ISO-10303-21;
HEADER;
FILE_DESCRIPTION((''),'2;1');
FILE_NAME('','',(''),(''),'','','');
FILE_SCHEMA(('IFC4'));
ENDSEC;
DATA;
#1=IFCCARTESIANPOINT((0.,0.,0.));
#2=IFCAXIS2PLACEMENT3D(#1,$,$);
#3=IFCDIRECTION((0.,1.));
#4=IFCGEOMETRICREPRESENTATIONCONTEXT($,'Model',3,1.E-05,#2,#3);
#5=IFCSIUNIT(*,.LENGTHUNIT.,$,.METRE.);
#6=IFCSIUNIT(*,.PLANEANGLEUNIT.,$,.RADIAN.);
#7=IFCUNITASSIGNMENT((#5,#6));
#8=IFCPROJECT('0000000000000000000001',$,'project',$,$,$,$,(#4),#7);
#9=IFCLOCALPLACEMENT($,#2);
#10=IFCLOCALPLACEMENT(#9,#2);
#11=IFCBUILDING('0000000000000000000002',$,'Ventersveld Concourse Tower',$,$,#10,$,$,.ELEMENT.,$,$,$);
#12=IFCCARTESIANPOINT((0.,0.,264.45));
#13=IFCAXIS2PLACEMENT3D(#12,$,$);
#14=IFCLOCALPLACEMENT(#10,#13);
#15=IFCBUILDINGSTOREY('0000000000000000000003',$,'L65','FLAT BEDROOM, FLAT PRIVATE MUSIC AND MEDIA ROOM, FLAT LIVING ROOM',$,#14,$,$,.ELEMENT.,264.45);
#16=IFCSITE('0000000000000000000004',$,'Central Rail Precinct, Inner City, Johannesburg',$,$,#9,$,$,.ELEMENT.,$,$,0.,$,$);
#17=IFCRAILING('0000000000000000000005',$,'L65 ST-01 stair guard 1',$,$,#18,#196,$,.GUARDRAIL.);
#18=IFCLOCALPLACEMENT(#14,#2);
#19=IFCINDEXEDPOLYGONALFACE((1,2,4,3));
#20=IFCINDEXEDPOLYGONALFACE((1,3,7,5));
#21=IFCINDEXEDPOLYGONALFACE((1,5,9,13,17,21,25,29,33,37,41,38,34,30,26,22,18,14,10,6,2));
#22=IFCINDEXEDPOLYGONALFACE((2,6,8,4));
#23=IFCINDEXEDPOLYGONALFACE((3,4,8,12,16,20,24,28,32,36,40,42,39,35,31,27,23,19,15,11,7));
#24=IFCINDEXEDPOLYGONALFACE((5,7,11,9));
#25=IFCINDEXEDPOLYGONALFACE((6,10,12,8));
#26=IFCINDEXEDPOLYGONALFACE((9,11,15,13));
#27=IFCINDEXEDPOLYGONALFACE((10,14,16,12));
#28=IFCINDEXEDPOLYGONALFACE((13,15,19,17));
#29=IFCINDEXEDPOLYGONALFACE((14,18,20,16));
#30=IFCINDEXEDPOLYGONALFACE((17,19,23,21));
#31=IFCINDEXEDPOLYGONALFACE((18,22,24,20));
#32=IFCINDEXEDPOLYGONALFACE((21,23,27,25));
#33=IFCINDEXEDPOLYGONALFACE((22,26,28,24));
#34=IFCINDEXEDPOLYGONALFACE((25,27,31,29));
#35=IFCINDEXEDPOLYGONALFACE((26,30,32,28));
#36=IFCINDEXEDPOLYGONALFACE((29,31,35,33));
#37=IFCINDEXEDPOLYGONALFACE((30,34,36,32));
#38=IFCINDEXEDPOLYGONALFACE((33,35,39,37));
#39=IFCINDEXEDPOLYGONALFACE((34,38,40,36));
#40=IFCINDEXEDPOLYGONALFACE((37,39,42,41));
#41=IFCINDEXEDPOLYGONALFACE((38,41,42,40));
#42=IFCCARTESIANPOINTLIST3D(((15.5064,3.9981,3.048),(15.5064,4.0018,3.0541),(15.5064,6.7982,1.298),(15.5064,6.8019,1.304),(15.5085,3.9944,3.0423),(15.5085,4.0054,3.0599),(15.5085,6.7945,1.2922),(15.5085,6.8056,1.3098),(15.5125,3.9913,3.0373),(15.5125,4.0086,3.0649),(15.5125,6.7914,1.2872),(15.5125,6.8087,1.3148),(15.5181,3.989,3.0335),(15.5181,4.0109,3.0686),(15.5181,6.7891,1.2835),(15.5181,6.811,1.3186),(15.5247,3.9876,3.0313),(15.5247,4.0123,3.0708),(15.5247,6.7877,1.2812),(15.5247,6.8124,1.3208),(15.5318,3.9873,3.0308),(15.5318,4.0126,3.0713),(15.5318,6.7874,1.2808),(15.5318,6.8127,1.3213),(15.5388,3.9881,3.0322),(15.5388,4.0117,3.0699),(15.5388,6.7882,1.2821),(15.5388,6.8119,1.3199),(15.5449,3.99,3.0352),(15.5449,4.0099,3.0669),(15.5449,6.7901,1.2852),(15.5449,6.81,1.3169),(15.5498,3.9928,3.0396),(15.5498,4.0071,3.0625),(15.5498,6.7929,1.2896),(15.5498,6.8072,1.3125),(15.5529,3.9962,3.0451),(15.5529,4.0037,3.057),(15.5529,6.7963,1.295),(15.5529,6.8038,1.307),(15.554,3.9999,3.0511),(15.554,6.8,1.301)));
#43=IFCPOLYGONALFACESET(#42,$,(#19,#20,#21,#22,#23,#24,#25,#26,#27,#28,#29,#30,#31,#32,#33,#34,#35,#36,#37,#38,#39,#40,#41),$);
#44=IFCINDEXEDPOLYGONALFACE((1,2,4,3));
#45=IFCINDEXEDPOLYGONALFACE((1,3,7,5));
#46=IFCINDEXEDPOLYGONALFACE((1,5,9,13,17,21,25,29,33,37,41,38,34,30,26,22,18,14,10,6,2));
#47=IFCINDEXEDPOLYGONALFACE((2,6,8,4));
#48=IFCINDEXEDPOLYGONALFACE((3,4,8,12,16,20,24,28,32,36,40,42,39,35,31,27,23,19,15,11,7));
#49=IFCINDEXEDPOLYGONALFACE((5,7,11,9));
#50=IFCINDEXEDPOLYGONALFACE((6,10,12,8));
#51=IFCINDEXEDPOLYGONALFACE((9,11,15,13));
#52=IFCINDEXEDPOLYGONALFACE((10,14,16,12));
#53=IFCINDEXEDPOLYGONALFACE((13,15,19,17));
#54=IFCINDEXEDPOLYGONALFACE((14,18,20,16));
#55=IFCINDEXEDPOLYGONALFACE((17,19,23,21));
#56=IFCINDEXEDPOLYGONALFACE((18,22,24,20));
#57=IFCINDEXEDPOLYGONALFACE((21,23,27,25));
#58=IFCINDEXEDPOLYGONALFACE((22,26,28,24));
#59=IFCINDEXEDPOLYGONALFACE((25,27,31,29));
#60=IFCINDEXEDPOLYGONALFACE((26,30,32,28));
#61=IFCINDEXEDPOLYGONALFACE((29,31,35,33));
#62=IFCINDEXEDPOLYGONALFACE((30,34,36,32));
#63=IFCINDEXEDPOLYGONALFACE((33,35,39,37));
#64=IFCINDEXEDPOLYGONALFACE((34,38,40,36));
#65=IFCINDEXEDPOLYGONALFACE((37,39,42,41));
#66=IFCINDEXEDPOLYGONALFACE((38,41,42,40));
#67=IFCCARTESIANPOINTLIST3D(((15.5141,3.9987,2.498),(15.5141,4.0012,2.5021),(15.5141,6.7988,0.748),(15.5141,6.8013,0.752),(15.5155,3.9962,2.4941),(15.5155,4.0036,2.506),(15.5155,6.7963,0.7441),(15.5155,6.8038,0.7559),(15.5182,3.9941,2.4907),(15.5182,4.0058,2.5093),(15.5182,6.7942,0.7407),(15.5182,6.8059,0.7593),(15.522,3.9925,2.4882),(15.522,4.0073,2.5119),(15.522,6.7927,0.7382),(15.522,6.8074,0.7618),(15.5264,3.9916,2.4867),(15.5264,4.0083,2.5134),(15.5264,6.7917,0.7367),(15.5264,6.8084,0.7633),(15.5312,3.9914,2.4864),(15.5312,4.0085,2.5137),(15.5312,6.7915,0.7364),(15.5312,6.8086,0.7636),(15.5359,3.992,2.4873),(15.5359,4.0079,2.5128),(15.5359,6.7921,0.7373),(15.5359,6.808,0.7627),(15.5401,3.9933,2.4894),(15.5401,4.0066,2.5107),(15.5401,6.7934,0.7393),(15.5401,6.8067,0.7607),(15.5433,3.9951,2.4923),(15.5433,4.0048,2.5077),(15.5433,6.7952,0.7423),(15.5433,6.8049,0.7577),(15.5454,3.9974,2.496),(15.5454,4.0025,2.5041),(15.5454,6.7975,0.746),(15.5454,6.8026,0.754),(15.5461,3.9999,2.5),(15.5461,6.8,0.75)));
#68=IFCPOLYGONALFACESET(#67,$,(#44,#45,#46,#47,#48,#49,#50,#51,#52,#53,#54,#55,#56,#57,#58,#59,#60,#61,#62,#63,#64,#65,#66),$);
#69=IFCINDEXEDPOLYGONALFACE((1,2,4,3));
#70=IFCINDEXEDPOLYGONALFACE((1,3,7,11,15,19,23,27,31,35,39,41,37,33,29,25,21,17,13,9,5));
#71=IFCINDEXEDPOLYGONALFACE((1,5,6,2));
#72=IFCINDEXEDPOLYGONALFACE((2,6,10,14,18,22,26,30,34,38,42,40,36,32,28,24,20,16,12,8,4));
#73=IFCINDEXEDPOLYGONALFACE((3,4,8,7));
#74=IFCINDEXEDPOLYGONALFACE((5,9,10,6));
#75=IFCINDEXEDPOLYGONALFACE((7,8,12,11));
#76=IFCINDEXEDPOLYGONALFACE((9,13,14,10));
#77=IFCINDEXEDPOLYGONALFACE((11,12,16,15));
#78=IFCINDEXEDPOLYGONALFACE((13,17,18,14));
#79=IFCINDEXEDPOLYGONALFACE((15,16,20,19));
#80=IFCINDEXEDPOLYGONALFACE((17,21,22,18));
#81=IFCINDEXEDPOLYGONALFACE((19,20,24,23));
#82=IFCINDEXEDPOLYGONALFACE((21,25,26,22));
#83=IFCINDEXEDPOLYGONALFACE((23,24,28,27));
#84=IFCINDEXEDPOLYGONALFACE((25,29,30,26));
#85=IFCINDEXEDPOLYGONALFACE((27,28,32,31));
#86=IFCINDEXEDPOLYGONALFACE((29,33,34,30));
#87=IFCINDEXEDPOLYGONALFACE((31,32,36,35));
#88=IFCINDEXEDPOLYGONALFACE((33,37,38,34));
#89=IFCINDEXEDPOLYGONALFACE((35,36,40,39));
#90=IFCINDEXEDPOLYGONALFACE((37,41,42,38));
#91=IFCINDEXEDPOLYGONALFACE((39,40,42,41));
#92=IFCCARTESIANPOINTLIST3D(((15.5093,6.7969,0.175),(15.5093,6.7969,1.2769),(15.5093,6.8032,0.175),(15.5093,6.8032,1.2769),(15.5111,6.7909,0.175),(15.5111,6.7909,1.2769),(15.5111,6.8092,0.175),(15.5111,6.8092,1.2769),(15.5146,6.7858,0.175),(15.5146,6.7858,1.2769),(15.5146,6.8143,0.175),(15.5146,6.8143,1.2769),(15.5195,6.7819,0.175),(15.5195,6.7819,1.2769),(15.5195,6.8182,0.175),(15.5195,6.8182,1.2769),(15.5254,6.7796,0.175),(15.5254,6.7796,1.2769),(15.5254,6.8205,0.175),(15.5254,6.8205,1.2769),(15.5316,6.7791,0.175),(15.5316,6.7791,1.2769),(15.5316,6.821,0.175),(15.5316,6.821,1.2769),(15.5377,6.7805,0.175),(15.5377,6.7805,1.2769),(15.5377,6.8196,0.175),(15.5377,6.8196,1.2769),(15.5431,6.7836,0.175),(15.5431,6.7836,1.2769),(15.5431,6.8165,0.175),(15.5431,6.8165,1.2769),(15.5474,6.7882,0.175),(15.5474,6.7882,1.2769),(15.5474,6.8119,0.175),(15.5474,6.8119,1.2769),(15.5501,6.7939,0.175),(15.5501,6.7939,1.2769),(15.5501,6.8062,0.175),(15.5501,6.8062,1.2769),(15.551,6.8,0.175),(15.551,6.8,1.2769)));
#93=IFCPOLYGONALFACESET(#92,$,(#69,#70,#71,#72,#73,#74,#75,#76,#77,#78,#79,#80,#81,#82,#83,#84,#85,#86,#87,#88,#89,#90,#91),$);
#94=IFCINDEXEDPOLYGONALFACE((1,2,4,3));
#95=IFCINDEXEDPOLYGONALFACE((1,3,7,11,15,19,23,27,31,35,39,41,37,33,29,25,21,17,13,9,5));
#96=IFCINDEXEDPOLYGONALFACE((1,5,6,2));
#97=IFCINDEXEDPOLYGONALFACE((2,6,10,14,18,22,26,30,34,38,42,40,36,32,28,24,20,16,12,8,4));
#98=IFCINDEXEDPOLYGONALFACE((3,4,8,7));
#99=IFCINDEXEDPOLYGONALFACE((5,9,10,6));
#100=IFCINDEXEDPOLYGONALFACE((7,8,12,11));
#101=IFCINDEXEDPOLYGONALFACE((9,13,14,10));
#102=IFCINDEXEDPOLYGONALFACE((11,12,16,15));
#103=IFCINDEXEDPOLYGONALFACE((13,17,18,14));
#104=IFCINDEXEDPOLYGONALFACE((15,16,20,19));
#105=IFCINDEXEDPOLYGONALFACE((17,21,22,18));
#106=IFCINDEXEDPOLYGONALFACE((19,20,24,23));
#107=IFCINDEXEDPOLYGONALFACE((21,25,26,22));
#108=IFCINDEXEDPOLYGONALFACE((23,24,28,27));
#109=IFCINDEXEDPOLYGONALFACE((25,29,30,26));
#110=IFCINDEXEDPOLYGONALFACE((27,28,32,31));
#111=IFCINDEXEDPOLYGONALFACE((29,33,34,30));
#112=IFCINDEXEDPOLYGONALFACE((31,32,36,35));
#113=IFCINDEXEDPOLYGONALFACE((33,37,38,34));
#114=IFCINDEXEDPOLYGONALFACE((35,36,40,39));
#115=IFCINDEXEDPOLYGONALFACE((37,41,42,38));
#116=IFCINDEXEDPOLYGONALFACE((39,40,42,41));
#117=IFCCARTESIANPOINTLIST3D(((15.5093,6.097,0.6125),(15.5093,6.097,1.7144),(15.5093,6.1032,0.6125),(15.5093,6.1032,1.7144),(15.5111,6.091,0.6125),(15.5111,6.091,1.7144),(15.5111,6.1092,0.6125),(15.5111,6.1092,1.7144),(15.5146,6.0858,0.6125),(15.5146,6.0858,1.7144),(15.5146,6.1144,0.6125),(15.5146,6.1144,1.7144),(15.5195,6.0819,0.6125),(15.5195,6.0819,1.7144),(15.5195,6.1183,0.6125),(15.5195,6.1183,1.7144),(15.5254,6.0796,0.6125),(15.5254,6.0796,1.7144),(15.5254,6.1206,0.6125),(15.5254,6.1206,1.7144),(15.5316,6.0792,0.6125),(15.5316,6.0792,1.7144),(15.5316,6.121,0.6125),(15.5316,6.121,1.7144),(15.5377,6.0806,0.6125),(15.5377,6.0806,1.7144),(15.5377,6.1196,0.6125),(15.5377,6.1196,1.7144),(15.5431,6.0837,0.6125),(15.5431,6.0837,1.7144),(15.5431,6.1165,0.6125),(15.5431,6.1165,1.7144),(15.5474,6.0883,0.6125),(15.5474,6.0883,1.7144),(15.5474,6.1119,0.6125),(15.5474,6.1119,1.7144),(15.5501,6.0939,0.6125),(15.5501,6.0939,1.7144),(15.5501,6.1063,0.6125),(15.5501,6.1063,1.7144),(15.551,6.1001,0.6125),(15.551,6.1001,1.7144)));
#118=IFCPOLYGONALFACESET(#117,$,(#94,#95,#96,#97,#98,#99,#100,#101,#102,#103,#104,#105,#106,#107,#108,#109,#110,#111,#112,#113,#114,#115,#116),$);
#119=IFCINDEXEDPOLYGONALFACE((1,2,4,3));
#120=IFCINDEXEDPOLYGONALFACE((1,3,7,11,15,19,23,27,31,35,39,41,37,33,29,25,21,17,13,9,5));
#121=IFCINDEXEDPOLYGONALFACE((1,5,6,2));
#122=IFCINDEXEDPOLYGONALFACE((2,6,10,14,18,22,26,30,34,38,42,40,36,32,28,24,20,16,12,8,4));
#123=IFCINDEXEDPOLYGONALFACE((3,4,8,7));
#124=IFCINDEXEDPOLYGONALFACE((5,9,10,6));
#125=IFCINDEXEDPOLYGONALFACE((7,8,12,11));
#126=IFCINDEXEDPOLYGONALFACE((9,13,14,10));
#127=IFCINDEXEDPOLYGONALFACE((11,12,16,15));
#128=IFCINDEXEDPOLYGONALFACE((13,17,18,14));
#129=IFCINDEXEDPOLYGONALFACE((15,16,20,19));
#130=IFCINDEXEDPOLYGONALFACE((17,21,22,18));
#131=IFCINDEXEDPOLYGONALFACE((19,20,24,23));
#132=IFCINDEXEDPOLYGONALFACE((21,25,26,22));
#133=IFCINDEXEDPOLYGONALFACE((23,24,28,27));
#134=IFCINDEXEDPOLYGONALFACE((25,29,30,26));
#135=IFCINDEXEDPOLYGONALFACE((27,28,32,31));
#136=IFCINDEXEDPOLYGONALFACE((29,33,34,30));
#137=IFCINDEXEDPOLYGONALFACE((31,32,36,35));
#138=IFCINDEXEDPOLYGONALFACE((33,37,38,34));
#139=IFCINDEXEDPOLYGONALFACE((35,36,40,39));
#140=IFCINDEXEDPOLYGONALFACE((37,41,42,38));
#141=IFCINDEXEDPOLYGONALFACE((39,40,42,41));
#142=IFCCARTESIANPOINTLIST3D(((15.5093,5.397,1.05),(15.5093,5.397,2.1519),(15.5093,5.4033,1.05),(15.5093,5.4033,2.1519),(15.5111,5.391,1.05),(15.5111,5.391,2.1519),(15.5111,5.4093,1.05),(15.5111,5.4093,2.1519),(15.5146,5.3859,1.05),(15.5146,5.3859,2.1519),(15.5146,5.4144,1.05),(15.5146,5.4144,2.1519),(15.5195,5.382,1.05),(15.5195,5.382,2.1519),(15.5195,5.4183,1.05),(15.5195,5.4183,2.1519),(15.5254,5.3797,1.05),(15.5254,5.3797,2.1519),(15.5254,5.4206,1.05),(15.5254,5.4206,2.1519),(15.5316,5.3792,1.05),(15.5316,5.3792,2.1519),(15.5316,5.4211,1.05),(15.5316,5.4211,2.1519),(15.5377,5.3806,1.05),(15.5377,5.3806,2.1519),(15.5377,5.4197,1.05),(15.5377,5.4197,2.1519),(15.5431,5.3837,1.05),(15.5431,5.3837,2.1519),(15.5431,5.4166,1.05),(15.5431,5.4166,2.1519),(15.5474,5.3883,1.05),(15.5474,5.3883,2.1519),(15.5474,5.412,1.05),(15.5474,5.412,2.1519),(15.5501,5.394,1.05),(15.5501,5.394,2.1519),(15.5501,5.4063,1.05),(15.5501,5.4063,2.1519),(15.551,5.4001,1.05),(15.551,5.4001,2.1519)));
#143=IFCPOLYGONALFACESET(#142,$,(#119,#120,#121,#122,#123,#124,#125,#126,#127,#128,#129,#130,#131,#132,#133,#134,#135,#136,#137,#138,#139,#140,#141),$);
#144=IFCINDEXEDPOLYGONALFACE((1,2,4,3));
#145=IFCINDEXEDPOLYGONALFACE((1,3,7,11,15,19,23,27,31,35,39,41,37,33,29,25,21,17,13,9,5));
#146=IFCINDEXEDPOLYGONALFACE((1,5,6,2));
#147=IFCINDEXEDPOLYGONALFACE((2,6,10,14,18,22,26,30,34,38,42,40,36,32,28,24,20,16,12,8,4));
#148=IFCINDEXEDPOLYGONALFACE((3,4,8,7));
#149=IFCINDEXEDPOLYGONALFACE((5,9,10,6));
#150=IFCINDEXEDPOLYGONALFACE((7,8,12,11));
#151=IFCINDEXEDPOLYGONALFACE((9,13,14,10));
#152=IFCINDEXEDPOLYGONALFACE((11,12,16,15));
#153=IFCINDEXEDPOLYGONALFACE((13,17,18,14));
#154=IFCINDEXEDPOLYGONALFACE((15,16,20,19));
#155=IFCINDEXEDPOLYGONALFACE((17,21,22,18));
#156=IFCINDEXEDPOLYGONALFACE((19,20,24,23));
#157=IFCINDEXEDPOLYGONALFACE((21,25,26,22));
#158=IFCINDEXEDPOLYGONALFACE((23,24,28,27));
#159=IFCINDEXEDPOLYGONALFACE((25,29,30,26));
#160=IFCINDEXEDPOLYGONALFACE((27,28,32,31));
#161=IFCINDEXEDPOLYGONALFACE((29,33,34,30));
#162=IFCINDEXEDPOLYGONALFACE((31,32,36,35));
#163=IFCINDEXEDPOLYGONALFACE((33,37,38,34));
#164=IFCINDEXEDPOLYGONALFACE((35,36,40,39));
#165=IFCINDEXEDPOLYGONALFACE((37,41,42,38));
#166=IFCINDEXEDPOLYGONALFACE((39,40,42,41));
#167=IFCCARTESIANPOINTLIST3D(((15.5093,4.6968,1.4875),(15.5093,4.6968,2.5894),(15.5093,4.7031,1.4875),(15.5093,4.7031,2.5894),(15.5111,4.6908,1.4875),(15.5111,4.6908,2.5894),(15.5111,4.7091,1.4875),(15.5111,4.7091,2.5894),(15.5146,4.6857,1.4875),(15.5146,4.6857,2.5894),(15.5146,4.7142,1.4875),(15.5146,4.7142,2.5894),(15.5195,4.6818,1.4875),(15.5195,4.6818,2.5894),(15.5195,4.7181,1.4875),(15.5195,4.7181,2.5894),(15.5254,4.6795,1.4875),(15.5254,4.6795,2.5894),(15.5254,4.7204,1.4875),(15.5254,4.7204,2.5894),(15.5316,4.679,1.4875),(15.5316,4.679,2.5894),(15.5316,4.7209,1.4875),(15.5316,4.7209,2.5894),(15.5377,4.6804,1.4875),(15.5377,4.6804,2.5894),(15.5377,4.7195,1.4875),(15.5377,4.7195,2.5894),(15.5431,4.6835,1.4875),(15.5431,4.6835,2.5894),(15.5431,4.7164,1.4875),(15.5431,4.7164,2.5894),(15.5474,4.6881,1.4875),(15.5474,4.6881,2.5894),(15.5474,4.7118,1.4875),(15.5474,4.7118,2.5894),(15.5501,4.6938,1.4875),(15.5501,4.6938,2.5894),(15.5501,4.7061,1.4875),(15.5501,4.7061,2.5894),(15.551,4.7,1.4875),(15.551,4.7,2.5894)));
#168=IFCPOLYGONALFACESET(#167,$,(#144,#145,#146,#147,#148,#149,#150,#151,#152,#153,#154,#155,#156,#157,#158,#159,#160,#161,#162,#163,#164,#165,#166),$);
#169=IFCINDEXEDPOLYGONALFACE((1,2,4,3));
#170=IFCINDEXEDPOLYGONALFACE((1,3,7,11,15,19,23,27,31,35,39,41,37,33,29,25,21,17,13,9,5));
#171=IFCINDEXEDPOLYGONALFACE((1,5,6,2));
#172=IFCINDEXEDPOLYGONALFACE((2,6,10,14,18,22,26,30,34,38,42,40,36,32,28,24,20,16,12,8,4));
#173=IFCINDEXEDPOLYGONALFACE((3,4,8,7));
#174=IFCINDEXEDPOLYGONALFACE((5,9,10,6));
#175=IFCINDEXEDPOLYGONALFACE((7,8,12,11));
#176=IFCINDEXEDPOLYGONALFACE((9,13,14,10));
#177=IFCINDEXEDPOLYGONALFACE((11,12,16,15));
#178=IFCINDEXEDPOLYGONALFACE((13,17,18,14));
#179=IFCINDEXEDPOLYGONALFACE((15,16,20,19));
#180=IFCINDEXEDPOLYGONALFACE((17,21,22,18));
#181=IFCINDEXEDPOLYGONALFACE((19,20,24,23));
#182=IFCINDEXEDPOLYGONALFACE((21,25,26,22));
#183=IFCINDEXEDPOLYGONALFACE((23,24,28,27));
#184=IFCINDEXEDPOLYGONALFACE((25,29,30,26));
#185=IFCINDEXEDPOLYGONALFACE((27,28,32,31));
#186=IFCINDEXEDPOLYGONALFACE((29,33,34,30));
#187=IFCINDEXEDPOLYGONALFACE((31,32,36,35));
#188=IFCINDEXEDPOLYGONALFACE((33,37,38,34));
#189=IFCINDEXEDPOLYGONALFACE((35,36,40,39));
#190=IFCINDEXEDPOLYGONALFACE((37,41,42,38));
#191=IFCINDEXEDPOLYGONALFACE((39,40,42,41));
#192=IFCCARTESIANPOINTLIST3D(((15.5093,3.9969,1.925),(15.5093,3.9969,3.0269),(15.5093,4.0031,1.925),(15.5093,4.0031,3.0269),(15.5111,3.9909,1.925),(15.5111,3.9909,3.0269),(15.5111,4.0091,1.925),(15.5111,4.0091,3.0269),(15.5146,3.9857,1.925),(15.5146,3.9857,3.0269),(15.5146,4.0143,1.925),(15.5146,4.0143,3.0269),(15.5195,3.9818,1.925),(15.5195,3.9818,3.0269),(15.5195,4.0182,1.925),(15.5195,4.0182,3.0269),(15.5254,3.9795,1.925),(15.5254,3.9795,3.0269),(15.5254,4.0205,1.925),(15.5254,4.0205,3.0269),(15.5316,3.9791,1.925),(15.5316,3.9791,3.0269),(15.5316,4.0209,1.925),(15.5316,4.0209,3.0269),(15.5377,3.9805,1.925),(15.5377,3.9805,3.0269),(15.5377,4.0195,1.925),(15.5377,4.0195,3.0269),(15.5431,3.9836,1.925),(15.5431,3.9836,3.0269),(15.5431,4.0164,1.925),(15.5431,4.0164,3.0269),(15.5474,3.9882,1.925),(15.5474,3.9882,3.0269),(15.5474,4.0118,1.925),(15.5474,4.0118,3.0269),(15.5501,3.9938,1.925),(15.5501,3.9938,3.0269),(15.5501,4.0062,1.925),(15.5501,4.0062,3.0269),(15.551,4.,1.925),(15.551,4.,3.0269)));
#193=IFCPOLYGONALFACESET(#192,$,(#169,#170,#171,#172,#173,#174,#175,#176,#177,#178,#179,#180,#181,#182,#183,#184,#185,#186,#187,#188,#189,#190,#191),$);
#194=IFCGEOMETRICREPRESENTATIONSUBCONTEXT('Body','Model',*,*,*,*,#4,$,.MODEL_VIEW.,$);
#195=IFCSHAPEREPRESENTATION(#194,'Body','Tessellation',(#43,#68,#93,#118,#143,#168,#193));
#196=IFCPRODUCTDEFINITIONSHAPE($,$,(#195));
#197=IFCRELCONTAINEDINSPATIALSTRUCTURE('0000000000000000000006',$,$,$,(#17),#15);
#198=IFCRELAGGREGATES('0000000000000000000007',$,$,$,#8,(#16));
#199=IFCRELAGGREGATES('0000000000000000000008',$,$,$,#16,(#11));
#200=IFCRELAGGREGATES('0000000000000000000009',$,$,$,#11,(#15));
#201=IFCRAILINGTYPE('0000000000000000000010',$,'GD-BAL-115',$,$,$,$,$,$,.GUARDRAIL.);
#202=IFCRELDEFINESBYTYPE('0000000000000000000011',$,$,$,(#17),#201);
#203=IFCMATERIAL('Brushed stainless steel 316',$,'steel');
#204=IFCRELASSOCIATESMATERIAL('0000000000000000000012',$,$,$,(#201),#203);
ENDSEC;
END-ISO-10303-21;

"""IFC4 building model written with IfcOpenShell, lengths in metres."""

from ifc_helpers import new_model, si_unit, direction, frame, origin, origin_2d, place, context, subcontext, project, spatial, circle, extrude, material, type_object, element, save


model = new_model("IFC4")

# Units and contexts
model_context = context("Model", 3, precision=1e-05, world=origin(), true_north=direction((0.0, 1.0)))
body_context = subcontext(model_context, "Body", "Model", "MODEL_VIEW")
ifc_project = project(units=[si_unit("LENGTHUNIT", "METRE"), si_unit("PLANEANGLEUNIT", "RADIAN")], contexts=[model_context])

# Site, building, storey
site_placement = place(None, origin())
site = spatial("IfcSite", under=ifc_project, at=site_placement, Name="Central Rail Precinct, Inner City, Johannesburg", CompositionType="ELEMENT", RefElevation=0.0)
building_placement = place(site_placement, origin())
building = spatial("IfcBuilding", under=site, at=building_placement, Name="Ventersveld Concourse Tower", CompositionType="ELEMENT")
storey_placement = place(building_placement, frame((0.0, 0.0, 264.45)))
storey = spatial("IfcBuildingStorey", under=building, at=storey_placement, Name="L65", Description="FLAT BEDROOM, FLAT PRIVATE MUSIC AND MEDIA ROOM, FLAT LIVING ROOM", CompositionType="ELEMENT", Elevation=264.45)

# Shared definitions
ifc_material_1 = material(Name="Brushed stainless steel 316", Category="steel")

# Railing
railing_type_1 = type_object("IfcRailingType", Name="GD-BAL-115", PredefinedType="GUARDRAIL", material=ifc_material_1)
railing_1_placement = place(storey_placement, frame((15.53, 6.8, 0.175)))
element("IfcRailing", 1, at=railing_1_placement, inside=storey, type_object=railing_type_1, Name="L65 ST-01 stair guard 1", PredefinedType="GUARDRAIL", context=body_context, shape_type="SweptSolid", body=[
    extrude(circle(Radius=0.0239, at=origin_2d()), frame((0.0, 0.0, 1.126), z_axis=(0.0, -0.848002, 0.529992), x_axis=(1.0, 0.0, 0.0)), (0.0, 0.0, 1.0), 3.302),
    extrude(circle(Radius=0.0161, at=origin_2d()), frame((0.0, 0.0, 0.575), z_axis=(0.0, -0.848002, 0.529992), x_axis=(1.0, 0.0, 0.0)), (0.0, 0.0, 1.0), 3.302),
    extrude(circle(Radius=0.021, at=origin_2d()), origin(), (0.0, 0.0, 1.0), 1.1018),
    extrude(circle(Radius=0.021, at=origin_2d()), frame((0.0, -0.7, 0.4375)), (0.0, 0.0, 1.0), 1.1018),
    extrude(circle(Radius=0.021, at=origin_2d()), frame((0.0, -1.3999, 0.875)), (0.0, 0.0, 1.0), 1.1018),
    extrude(circle(Radius=0.021, at=origin_2d()), frame((0.0, -2.1001, 1.3125)), (0.0, 0.0, 1.0), 1.1018),
    extrude(circle(Radius=0.021, at=origin_2d()), frame((0.0, -2.8, 1.75)), (0.0, 0.0, 1.0), 1.1018),
])

save(model, "model.ifc")
